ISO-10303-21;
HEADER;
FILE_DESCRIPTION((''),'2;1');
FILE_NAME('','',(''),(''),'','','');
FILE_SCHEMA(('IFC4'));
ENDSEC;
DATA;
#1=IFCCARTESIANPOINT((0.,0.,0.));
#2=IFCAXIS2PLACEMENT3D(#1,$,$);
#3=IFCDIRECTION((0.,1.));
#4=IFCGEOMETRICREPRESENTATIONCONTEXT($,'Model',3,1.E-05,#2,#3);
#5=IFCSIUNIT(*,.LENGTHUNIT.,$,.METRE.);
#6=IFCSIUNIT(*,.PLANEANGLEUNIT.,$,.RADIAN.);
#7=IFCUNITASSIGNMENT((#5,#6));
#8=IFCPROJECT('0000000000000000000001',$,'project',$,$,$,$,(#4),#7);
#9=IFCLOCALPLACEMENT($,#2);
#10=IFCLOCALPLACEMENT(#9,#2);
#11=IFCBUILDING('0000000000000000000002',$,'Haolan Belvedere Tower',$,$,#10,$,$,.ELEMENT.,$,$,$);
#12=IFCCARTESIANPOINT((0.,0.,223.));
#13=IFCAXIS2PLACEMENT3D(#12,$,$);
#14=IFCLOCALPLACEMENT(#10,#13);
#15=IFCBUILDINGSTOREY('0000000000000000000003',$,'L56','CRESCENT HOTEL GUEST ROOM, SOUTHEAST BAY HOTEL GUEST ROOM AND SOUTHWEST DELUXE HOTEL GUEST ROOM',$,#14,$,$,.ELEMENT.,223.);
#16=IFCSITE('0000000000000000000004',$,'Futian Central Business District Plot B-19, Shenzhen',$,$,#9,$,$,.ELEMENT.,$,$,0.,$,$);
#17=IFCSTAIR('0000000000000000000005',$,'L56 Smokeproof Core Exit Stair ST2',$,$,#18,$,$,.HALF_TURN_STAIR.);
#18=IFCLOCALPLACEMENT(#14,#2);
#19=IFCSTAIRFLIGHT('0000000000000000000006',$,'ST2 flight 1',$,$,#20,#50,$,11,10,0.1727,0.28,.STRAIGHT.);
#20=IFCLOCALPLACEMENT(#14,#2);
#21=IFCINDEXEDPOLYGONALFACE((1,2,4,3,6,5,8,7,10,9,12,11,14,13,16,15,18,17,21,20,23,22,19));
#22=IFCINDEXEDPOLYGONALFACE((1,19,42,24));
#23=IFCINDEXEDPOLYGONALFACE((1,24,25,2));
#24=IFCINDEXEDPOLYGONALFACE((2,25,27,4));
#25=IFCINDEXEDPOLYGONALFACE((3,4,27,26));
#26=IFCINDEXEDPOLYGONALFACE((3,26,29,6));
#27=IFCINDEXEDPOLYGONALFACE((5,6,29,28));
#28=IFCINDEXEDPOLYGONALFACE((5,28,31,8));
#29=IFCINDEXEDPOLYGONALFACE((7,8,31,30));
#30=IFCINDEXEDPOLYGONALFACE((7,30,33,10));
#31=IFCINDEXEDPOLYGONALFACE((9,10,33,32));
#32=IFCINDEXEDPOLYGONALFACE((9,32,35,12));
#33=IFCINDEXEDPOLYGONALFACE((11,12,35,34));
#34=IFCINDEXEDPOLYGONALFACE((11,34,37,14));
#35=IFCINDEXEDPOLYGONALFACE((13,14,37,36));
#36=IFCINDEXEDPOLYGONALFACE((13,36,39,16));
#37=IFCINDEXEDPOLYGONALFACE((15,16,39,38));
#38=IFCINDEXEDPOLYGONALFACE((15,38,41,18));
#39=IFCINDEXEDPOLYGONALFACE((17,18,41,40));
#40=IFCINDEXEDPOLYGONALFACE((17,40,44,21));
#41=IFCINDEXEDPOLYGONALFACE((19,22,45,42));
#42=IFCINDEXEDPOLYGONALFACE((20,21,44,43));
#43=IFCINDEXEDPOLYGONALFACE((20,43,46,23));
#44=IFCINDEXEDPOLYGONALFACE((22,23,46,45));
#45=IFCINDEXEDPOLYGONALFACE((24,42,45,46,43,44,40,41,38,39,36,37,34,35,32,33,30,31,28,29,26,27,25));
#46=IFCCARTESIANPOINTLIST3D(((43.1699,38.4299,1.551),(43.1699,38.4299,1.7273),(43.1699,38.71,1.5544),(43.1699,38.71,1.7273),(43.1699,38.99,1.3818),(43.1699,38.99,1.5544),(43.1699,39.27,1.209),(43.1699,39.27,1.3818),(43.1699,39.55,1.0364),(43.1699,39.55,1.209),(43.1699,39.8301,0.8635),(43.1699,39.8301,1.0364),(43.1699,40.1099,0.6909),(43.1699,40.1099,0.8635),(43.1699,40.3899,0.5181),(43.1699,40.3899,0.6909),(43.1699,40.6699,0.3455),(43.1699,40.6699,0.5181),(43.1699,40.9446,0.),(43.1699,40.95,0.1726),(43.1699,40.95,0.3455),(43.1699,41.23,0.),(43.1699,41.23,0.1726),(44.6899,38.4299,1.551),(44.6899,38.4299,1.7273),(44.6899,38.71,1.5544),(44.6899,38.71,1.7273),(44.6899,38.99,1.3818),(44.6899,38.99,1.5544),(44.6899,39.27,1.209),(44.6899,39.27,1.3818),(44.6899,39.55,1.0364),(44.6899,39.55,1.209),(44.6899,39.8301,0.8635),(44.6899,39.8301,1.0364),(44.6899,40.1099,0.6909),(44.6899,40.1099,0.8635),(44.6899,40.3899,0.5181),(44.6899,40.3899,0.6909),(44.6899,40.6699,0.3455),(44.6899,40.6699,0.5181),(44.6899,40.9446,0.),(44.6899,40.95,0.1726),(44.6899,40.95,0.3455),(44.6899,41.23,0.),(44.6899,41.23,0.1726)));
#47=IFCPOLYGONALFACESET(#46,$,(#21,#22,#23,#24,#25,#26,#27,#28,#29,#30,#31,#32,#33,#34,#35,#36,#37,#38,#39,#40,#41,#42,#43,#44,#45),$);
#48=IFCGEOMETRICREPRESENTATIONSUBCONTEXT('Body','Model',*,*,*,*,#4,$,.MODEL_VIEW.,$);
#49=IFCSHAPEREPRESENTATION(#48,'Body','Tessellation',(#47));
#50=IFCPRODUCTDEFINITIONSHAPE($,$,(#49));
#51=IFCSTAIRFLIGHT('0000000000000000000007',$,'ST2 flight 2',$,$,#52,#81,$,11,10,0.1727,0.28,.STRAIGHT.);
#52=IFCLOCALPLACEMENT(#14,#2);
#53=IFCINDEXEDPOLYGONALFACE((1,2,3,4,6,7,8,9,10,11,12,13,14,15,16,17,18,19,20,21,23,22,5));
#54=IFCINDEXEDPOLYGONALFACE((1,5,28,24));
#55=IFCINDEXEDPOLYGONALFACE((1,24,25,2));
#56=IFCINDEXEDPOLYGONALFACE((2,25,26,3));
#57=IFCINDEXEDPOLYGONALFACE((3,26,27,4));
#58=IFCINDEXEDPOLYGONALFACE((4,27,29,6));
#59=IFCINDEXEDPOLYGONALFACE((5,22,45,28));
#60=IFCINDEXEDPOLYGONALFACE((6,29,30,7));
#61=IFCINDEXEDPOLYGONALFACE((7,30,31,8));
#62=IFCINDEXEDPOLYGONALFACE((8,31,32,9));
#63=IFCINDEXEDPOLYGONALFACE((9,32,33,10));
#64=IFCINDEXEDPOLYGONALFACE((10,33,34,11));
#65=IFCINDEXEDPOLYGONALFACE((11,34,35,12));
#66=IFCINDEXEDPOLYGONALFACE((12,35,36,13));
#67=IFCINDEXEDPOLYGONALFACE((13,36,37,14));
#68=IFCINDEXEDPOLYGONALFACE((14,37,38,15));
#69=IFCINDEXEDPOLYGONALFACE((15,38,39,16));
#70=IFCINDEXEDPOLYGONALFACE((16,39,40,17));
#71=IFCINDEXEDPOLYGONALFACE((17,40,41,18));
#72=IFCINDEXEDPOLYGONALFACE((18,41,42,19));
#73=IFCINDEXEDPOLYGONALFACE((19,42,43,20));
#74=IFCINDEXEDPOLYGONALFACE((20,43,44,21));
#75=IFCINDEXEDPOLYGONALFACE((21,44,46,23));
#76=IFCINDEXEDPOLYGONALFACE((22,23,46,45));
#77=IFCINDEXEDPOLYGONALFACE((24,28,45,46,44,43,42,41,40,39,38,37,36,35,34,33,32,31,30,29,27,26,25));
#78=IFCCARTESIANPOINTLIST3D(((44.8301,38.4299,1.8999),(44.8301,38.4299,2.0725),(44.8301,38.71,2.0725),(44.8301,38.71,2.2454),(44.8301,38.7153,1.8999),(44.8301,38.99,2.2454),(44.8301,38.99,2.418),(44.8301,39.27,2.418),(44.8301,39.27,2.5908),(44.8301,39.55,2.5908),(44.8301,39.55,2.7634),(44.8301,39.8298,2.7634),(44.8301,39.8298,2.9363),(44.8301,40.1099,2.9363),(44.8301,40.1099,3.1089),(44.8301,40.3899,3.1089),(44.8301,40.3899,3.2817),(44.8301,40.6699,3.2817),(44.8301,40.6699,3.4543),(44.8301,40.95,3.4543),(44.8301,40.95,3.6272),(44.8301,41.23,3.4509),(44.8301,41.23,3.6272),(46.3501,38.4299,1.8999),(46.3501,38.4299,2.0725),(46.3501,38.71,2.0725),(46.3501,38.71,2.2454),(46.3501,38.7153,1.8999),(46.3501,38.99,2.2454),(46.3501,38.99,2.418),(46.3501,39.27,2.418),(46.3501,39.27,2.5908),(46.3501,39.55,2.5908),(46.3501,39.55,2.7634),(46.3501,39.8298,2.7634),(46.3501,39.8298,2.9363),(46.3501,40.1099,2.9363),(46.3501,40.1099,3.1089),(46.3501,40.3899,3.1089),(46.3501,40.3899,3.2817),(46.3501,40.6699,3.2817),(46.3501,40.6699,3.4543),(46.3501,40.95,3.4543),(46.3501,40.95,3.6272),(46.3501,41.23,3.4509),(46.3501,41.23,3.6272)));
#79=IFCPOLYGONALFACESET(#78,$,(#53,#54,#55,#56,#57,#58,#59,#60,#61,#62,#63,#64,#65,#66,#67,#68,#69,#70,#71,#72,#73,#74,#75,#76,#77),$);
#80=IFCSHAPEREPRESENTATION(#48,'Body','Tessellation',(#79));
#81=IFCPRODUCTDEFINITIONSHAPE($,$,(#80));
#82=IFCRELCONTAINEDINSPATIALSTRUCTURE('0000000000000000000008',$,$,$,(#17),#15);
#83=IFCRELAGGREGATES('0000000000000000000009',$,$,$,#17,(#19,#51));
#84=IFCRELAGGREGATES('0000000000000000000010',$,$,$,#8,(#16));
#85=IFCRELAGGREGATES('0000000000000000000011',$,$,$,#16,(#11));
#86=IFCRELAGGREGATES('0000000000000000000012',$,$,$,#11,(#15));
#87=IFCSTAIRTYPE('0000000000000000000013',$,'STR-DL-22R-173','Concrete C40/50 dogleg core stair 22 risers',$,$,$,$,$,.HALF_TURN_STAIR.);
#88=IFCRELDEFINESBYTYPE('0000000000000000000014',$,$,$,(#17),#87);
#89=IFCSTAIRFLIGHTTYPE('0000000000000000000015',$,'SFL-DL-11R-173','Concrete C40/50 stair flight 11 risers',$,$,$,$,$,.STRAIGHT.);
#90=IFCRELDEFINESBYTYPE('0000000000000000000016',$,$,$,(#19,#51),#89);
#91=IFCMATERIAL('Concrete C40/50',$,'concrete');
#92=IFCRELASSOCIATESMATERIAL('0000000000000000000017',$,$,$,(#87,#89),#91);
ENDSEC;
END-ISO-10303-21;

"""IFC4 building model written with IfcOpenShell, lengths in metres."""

from ifc_helpers import new_model, si_unit, direction, frame, origin, place, context, subcontext, project, spatial, polyline, outline, extrude, material, type_object, element, aggregate, save


model = new_model("IFC4")

# Units and contexts
model_context = context("Model", 3, precision=1e-05, world=origin(), true_north=direction((0.0, 1.0)))
body_context = subcontext(model_context, "Body", "Model", "MODEL_VIEW")
ifc_project = project(units=[si_unit("LENGTHUNIT", "METRE"), si_unit("PLANEANGLEUNIT", "RADIAN")], contexts=[model_context])

# Site, building, storey
site_placement = place(None, origin())
site = spatial("IfcSite", under=ifc_project, at=site_placement, Name="Futian Central Business District Plot B-19, Shenzhen", CompositionType="ELEMENT", RefElevation=0.0)
building_placement = place(site_placement, origin())
building = spatial("IfcBuilding", under=site, at=building_placement, Name="Haolan Belvedere Tower", CompositionType="ELEMENT")
storey_placement = place(building_placement, frame((0.0, 0.0, 223.0)))
storey = spatial("IfcBuildingStorey", under=building, at=storey_placement, Name="L56", Description="CRESCENT HOTEL GUEST ROOM, SOUTHEAST BAY HOTEL GUEST ROOM AND SOUTHWEST DELUXE HOTEL GUEST ROOM", CompositionType="ELEMENT", Elevation=223.0)

# Shared definitions
ifc_material_1 = material(Name="Concrete C40/50", Category="concrete")

# Shared definitions
stair_type = type_object("IfcStairType", Name="STR-DL-22R-173", Description="Concrete C40/50 dogleg core stair 22 risers", PredefinedType="HALF_TURN_STAIR", material=ifc_material_1)
stair_flight_type = type_object("IfcStairFlightType", Name="SFL-DL-11R-173", Description="Concrete C40/50 stair flight 11 risers", PredefinedType="STRAIGHT", material=ifc_material_1)

# Stair, stair flights
stair_1_placement = place(storey_placement, origin())
stair_1 = element("IfcStair", 1, at=stair_1_placement, inside=storey, type_object=stair_type, Name="L56 Smokeproof Core Exit Stair ST2", PredefinedType="HALF_TURN_STAIR")
stair_flight_1_placement = place(storey_placement, frame((43.9299, 41.23, 0.0), z_axis=(0.0, 0.0, 1.0), x_axis=(0.0, -1.0, 0.0)))
stair_flight_1 = element("IfcStairFlight", 2, at=stair_flight_1_placement, type_object=stair_flight_type, Name="ST2 flight 1", NumberOfRisers=11, NumberOfTreads=10, PredefinedType="STRAIGHT", RiserHeight=0.1727, TreadLength=0.28, context=body_context, shape_type="SweptSolid", body=[
    extrude(outline(polyline([(0.0, 0.0), (0.0, 0.1726), (0.28, 0.1726), (0.28, 0.3455), (0.5601, 0.3455), (0.5601, 0.5181), (0.8401, 0.5181), (0.8401, 0.6909), (1.1201, 0.6909), (1.1201, 0.8635), (1.3999, 0.8635), (1.3999, 1.0364), (1.6799, 1.0364), (1.6799, 1.209), (1.96, 1.209), (1.96, 1.3818), (2.24, 1.3818), (2.24, 1.5544), (2.52, 1.5544), (2.52, 1.7273), (2.8, 1.7273), (2.8, 1.8999), (2.8, 1.551), (0.2854, 0.0), (0.0, 0.0)])), frame((0.0, 0.76, 0.0), z_axis=(0.0, -1.0, 0.0), x_axis=(1.0, 0.0, 0.0)), (0.0, 0.0, 1.0), 1.52),
])
stair_flight_2_placement = place(storey_placement, frame((45.5901, 38.4299, 1.8999), z_axis=(0.0, 0.0, 1.0), x_axis=(0.0, 1.0, 0.0)))
stair_flight_2 = element("IfcStairFlight", 3, at=stair_flight_2_placement, type_object=stair_flight_type, Name="ST2 flight 2", NumberOfRisers=11, NumberOfTreads=10, PredefinedType="STRAIGHT", RiserHeight=0.1727, TreadLength=0.28, context=body_context, shape_type="SweptSolid", body=[
    extrude(outline(polyline([(0.0, 0.0), (0.0, 0.1726), (0.28, 0.1726), (0.28, 0.3455), (0.5601, 0.3455), (0.5601, 0.5181), (0.8401, 0.5181), (0.8401, 0.6909), (1.1201, 0.6909), (1.1201, 0.8635), (1.3999, 0.8635), (1.3999, 1.0364), (1.6799, 1.0364), (1.6799, 1.209), (1.96, 1.209), (1.96, 1.3818), (2.24, 1.3818), (2.24, 1.5544), (2.52, 1.5544), (2.52, 1.7273), (2.8, 1.7273), (2.8, 1.8999), (2.8, 1.551), (0.2854, 0.0), (0.0, 0.0)])), frame((0.0, 0.76, 0.0), z_axis=(0.0, -1.0, 0.0), x_axis=(1.0, 0.0, 0.0)), (0.0, 0.0, 1.0), 1.52),
])
aggregate(stair_1, [stair_flight_1, stair_flight_2])

save(model, "model.ifc")
